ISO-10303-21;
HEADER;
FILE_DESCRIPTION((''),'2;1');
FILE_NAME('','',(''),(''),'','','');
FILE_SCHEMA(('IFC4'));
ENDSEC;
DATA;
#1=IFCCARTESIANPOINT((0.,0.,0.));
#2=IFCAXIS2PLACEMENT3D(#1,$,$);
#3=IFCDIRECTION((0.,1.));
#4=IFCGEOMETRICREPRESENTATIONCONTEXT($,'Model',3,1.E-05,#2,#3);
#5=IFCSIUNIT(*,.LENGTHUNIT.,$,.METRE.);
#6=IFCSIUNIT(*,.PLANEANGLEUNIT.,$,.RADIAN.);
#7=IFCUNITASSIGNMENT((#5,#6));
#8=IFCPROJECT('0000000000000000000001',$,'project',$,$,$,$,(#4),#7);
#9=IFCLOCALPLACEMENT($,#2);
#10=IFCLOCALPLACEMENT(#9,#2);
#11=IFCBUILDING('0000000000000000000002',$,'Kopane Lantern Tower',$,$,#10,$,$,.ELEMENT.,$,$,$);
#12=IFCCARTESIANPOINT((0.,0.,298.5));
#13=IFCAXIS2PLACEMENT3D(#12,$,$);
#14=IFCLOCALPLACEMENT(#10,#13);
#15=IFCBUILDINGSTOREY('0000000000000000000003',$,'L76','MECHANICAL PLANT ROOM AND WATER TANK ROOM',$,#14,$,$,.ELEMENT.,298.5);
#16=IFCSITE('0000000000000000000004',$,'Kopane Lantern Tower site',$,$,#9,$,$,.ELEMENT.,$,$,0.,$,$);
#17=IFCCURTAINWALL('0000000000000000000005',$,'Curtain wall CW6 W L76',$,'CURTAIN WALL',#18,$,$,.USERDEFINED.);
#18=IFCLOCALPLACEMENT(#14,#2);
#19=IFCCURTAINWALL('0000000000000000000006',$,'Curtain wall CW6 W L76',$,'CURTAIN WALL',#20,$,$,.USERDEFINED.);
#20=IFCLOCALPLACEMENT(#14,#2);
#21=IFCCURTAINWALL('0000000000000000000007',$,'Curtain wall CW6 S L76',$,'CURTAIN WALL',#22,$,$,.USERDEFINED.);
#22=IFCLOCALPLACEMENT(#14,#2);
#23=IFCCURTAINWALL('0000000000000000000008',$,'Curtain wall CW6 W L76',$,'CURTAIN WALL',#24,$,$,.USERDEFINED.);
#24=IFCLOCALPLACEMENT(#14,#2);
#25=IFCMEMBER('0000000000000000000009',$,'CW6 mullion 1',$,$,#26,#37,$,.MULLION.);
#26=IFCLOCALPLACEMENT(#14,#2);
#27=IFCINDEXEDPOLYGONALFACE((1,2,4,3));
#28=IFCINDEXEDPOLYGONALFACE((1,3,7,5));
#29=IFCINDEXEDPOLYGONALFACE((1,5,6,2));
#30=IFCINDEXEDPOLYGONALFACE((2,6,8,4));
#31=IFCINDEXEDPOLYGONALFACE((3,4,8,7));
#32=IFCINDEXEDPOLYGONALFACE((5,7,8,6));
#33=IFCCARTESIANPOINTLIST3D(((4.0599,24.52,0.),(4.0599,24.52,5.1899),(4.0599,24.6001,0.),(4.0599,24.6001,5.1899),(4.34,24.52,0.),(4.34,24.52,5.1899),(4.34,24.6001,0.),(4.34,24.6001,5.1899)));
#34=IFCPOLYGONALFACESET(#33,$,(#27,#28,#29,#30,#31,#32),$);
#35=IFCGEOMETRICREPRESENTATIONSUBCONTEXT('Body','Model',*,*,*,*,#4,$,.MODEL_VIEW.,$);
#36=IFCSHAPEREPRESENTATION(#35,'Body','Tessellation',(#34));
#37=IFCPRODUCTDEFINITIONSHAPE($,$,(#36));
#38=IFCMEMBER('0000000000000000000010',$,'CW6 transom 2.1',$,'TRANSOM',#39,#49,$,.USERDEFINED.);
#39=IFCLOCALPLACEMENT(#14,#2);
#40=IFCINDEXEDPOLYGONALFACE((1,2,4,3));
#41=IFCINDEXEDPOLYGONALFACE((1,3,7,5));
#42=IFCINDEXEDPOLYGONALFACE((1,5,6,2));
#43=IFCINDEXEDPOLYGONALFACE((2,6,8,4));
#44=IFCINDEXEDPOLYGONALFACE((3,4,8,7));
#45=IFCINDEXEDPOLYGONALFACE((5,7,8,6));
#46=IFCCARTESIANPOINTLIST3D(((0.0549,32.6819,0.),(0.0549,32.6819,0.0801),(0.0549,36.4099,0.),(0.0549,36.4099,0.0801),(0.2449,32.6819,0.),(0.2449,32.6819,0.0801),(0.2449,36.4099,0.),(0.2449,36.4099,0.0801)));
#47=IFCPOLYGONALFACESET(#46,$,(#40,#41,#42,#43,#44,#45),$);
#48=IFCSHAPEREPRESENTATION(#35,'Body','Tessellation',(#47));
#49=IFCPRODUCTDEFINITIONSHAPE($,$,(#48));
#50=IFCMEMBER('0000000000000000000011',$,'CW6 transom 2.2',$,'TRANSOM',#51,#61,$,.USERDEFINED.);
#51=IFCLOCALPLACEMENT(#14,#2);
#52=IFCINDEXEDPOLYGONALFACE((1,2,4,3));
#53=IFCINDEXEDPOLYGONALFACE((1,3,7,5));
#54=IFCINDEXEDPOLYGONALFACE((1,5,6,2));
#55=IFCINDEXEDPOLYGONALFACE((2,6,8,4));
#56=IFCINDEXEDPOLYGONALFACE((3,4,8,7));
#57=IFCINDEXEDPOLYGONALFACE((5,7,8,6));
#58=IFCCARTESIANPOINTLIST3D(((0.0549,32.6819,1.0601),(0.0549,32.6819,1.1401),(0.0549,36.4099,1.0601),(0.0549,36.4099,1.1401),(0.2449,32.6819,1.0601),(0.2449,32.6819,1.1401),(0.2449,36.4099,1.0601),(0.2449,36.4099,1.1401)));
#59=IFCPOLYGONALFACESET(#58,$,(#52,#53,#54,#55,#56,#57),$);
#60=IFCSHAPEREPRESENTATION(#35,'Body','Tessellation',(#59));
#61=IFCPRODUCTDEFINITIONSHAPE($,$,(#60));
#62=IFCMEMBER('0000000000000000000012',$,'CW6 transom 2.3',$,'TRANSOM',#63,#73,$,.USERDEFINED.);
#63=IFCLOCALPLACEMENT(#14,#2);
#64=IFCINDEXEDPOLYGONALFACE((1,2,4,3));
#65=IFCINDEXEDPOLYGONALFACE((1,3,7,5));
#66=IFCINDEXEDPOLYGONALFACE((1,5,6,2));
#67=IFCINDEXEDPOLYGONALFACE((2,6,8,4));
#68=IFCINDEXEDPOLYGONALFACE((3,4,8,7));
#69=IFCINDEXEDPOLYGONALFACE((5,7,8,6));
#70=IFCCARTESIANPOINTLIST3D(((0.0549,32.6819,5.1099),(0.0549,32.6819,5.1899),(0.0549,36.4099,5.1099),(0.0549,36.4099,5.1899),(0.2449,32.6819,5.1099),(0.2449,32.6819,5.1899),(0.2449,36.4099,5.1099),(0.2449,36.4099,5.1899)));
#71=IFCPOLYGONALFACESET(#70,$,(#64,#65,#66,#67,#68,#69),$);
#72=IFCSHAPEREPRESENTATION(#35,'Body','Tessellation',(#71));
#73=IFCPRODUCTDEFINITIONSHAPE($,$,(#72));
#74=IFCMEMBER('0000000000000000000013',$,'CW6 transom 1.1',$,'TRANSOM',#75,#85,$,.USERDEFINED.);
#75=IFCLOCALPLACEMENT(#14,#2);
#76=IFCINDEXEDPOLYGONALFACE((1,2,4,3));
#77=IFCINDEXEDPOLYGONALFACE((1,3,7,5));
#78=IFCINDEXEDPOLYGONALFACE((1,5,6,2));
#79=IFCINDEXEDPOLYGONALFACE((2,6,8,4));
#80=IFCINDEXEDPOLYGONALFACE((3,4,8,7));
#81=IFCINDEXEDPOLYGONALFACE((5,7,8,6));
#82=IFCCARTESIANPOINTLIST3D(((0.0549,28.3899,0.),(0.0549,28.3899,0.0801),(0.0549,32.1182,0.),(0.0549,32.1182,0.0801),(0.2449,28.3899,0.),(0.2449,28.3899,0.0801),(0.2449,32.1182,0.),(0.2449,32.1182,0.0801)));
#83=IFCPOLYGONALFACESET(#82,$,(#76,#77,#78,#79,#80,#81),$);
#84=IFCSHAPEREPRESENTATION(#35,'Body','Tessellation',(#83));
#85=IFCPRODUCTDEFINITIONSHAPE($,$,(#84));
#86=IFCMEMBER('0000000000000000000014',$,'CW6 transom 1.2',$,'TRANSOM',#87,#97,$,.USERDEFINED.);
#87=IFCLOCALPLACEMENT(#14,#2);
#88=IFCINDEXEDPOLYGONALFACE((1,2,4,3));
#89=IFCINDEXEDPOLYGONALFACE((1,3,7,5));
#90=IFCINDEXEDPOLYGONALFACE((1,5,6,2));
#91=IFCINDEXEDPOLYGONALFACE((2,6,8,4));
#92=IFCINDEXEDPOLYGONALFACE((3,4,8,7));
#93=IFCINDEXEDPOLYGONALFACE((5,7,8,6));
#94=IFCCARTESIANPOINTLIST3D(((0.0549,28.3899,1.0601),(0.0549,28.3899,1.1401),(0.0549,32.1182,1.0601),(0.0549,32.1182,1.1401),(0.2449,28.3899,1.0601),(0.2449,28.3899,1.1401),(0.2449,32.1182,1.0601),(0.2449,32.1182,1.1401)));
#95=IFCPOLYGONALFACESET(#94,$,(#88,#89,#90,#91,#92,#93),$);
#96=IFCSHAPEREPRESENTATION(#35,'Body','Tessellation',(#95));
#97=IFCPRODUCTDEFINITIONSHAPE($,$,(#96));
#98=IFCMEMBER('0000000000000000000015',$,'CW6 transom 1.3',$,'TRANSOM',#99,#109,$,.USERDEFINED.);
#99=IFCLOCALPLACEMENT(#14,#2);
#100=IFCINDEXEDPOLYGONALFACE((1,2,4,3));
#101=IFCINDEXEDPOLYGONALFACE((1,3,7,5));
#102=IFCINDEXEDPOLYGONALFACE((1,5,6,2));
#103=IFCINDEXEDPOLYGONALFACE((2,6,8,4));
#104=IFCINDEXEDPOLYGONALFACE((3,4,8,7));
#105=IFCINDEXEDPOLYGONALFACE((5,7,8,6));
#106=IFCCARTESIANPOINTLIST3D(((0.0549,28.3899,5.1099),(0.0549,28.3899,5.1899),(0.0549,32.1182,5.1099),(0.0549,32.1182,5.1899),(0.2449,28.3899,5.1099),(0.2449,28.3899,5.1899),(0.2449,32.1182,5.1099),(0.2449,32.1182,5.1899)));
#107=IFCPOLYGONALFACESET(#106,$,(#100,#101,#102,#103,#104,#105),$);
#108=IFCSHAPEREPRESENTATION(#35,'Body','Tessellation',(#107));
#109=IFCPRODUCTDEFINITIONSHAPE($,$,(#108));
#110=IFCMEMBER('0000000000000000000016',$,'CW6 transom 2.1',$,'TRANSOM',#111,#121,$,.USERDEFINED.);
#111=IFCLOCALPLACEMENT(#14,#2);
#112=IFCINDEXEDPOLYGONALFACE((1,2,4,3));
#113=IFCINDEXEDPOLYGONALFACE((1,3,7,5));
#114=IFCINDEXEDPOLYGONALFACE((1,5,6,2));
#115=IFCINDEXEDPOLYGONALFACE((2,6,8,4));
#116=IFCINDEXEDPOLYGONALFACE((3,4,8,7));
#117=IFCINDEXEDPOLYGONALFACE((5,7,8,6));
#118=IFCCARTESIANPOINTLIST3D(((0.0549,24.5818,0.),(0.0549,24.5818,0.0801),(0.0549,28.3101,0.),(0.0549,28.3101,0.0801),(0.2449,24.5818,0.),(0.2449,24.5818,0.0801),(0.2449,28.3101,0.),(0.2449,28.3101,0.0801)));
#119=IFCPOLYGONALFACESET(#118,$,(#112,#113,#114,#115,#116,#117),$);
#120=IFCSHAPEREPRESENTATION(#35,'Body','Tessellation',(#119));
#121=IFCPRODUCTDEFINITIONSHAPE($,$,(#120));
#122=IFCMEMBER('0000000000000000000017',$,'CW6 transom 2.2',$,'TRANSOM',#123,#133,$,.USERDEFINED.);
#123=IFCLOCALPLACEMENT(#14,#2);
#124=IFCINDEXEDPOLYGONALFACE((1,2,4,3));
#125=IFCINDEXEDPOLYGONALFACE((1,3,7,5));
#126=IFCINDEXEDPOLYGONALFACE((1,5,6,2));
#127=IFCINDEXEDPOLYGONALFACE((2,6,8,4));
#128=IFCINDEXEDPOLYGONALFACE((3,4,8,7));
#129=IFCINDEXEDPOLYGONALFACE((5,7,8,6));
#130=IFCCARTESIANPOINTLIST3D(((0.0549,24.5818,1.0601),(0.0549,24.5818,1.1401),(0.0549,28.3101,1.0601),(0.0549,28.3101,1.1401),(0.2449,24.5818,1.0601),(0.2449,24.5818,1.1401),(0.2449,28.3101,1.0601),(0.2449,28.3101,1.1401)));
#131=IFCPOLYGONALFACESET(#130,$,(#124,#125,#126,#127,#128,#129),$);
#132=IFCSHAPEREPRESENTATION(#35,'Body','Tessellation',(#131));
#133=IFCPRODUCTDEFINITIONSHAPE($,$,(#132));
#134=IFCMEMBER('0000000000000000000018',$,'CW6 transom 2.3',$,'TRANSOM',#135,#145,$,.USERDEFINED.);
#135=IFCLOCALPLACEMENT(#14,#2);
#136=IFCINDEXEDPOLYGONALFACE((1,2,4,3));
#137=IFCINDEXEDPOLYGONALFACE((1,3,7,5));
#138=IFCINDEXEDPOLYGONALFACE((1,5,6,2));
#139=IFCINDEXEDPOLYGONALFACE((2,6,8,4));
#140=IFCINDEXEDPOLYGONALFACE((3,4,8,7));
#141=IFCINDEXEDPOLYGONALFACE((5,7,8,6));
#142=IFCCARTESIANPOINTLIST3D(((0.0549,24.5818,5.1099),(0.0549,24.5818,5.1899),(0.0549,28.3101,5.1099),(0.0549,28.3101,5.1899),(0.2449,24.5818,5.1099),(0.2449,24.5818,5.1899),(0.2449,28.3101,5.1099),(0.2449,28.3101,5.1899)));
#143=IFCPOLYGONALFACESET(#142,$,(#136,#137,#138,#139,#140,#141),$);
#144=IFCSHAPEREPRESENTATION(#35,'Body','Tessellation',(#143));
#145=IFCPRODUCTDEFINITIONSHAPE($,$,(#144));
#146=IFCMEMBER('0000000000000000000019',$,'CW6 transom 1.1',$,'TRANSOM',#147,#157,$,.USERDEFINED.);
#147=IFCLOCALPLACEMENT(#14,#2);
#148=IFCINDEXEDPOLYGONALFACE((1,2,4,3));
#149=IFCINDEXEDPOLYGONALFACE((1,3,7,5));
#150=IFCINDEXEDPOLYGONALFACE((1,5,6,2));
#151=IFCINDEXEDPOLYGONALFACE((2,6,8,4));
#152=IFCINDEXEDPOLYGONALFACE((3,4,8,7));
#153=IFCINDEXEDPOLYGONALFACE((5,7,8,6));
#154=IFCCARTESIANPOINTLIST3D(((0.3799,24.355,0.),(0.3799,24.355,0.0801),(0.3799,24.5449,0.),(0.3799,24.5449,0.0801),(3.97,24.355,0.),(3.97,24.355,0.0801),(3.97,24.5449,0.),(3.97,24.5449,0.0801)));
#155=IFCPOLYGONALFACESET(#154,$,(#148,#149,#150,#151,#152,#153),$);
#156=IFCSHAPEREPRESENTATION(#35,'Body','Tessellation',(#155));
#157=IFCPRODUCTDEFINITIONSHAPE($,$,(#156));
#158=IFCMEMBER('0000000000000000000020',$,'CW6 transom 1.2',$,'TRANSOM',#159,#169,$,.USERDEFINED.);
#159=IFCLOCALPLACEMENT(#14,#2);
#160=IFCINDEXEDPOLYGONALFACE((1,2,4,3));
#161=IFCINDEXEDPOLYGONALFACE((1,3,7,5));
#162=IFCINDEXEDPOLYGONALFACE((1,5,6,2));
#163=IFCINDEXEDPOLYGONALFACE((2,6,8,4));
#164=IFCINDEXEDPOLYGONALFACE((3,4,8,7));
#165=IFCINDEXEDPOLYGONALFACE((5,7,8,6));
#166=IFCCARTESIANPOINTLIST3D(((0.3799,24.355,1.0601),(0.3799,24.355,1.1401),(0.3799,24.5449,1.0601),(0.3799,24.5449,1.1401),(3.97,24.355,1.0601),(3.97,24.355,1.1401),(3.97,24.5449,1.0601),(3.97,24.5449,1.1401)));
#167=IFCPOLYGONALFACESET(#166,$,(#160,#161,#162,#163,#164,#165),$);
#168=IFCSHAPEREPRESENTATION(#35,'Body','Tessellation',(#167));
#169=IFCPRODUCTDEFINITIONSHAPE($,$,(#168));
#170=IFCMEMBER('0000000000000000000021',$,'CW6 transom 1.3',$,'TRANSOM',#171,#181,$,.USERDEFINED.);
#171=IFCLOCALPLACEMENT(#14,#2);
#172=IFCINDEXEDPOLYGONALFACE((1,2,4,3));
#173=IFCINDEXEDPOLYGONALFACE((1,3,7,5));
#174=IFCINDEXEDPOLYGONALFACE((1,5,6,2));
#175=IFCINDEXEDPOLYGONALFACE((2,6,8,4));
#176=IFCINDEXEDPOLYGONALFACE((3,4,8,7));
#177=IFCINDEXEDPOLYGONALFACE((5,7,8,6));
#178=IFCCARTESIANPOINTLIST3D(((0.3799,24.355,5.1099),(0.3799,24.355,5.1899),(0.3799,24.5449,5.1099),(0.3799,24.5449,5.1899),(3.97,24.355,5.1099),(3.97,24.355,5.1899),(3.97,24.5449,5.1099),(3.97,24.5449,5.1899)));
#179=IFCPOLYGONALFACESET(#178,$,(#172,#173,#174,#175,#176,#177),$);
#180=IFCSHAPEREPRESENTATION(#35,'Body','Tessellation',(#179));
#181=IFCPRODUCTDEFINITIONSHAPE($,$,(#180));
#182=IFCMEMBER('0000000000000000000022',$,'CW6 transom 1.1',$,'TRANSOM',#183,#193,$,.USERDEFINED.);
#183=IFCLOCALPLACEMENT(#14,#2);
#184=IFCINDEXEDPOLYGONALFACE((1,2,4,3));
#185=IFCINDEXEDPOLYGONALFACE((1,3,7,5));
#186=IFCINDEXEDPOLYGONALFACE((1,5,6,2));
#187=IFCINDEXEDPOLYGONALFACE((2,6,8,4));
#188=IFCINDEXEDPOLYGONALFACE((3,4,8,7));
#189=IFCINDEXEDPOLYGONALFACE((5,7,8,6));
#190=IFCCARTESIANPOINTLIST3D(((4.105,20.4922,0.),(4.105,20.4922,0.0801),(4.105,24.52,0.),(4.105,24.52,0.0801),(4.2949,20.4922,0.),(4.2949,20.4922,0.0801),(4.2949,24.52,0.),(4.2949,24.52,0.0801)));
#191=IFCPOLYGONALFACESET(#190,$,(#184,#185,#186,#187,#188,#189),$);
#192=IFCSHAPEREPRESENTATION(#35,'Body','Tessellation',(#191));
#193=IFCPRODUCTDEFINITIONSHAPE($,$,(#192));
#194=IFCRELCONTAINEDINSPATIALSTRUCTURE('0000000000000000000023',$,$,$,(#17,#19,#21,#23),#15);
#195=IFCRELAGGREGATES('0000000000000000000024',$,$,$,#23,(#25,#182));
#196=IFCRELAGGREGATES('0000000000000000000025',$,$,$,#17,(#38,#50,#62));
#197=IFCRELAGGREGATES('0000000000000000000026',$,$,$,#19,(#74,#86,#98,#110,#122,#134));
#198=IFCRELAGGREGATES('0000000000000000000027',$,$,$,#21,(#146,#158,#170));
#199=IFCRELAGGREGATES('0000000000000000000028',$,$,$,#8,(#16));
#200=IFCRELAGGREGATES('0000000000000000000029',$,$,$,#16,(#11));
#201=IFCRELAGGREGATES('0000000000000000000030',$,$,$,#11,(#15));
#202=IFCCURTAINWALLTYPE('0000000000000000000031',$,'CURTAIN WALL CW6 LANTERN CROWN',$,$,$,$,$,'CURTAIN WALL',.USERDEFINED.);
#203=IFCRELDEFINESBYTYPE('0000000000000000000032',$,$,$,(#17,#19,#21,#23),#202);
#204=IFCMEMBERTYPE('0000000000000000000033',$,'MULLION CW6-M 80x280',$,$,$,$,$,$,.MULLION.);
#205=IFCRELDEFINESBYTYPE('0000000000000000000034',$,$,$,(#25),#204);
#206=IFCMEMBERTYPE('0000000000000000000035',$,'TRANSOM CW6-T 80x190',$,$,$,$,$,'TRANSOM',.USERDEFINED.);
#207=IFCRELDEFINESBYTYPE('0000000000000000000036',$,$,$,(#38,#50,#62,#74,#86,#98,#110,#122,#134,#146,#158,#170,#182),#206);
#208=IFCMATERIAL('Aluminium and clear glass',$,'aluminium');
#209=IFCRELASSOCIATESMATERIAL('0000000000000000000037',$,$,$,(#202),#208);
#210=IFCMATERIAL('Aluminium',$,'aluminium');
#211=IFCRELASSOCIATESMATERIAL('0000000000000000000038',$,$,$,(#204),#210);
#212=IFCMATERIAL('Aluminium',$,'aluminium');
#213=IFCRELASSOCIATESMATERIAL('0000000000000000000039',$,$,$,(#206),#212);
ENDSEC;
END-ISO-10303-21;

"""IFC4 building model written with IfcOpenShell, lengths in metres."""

from ifc_helpers import new_model, si_unit, direction, frame, origin, origin_2d, place, context, subcontext, project, spatial, rectangle, extrude, material, material_profile, profile_set, type_object, element, aggregate, save


model = new_model("IFC4")

# Units and contexts
model_context = context("Model", 3, precision=1e-05, world=origin(), true_north=direction((0.0, 1.0)))
body_context = subcontext(model_context, "Body", "Model", "MODEL_VIEW")
ifc_project = project(units=[si_unit("LENGTHUNIT", "METRE"), si_unit("PLANEANGLEUNIT", "RADIAN")], contexts=[model_context])

# Site, building, storey
site_placement = place(None, origin())
site = spatial("IfcSite", under=ifc_project, at=site_placement, Name="Kopane Lantern Tower site", CompositionType="ELEMENT", RefElevation=0.0)
building_placement = place(site_placement, origin())
building = spatial("IfcBuilding", under=site, at=building_placement, Name="Kopane Lantern Tower", CompositionType="ELEMENT")
storey_placement = place(building_placement, frame((0.0, 0.0, 298.5)))
storey = spatial("IfcBuildingStorey", under=building, at=storey_placement, Name="L76", Description="MECHANICAL PLANT ROOM AND WATER TANK ROOM", CompositionType="ELEMENT", Elevation=298.5)

# Curtain walls
ifc_material_1 = material(Name="Aluminium and clear glass", Category="aluminium")
curtain_wall_type = type_object("IfcCurtainWallType", Name="CURTAIN WALL CW6 LANTERN CROWN", ElementType="CURTAIN WALL", PredefinedType="USERDEFINED", material=ifc_material_1)
curtain_wall_1_placement = place(storey_placement, origin())
curtain_wall_1 = element("IfcCurtainWall", 1, at=curtain_wall_1_placement, inside=storey, type_object=curtain_wall_type, Name="Curtain wall CW6 W L76", ObjectType="CURTAIN WALL", PredefinedType="USERDEFINED")
ifc_material_2 = material(Name="Aluminium", Category="aluminium")
ifc_material_profile_1 = material_profile(ifc_material_2, rectangle(XDim=0.0801, YDim=0.28, at=origin_2d()), Name="AL 80x280")
ifc_profile_set_1 = profile_set([ifc_material_profile_1], Name="Aluminium")
member_type_1 = type_object("IfcMemberType", Name="MULLION CW6-M 80x280", PredefinedType="MULLION", material=ifc_profile_set_1)
curtain_wall_2_placement = place(storey_placement, origin())
curtain_wall_2 = element("IfcCurtainWall", 2, at=curtain_wall_2_placement, inside=storey, type_object=curtain_wall_type, Name="Curtain wall CW6 W L76", ObjectType="CURTAIN WALL", PredefinedType="USERDEFINED")
curtain_wall_3_placement = place(storey_placement, origin())
curtain_wall_3 = element("IfcCurtainWall", 3, at=curtain_wall_3_placement, inside=storey, type_object=curtain_wall_type, Name="Curtain wall CW6 S L76", ObjectType="CURTAIN WALL", PredefinedType="USERDEFINED")

# Curtain wall, member
curtain_wall_4_placement = place(storey_placement, origin())
curtain_wall_4 = element("IfcCurtainWall", 4, at=curtain_wall_4_placement, inside=storey, type_object=curtain_wall_type, Name="Curtain wall CW6 W L76", ObjectType="CURTAIN WALL", PredefinedType="USERDEFINED")
member_1_placement = place(storey_placement, frame((4.2, 24.5601, 0.0), z_axis=(0.0, 0.0, 1.0), x_axis=(0.0, -1.0, 0.0)))
member_1 = element("IfcMember", 5, at=member_1_placement, type_object=member_type_1, Name="CW6 mullion 1", PredefinedType="MULLION", context=body_context, shape_type="SweptSolid", body=[
    extrude(rectangle(XDim=0.0801, YDim=0.28, at=origin_2d()), origin(), (0.0, 0.0, 1.0), 5.1899),
])

# Members
ifc_material_3 = material(Name="Aluminium", Category="aluminium")
ifc_material_profile_2 = material_profile(ifc_material_3, rectangle(XDim=0.1899, YDim=0.0801, at=origin_2d()), Name="AL 190x80")
ifc_profile_set_2 = profile_set([ifc_material_profile_2], Name="Aluminium")
member_type_2 = type_object("IfcMemberType", Name="TRANSOM CW6-T 80x190", ElementType="TRANSOM", PredefinedType="USERDEFINED", material=ifc_profile_set_2)
member_2_placement = place(storey_placement, frame((0.1499, 36.4099, 0.04), z_axis=(0.0, -1.0, 0.0), x_axis=(1.0, 0.0, 0.0)))
member_2 = element("IfcMember", 6, at=member_2_placement, type_object=member_type_2, Name="CW6 transom 2.1", ObjectType="TRANSOM", PredefinedType="USERDEFINED", context=body_context, shape_type="SweptSolid", body=[
    extrude(rectangle(XDim=0.1899, YDim=0.0801, at=origin_2d()), origin(), (0.0, 0.0, 1.0), 3.728),
])
member_3_placement = place(storey_placement, frame((0.1499, 36.4099, 1.1001), z_axis=(0.0, -1.0, 0.0), x_axis=(1.0, 0.0, 0.0)))
member_3 = element("IfcMember", 7, at=member_3_placement, type_object=member_type_2, Name="CW6 transom 2.2", ObjectType="TRANSOM", PredefinedType="USERDEFINED", context=body_context, shape_type="SweptSolid", body=[
    extrude(rectangle(XDim=0.1899, YDim=0.0801, at=origin_2d()), origin(), (0.0, 0.0, 1.0), 3.728),
])
member_4_placement = place(storey_placement, frame((0.1499, 36.4099, 5.1499), z_axis=(0.0, -1.0, 0.0), x_axis=(1.0, 0.0, 0.0)))
member_4 = element("IfcMember", 8, at=member_4_placement, type_object=member_type_2, Name="CW6 transom 2.3", ObjectType="TRANSOM", PredefinedType="USERDEFINED", context=body_context, shape_type="SweptSolid", body=[
    extrude(rectangle(XDim=0.1899, YDim=0.0801, at=origin_2d()), origin(), (0.0, 0.0, 1.0), 3.728),
])
member_5_placement = place(storey_placement, frame((0.1499, 32.1182, 0.04), z_axis=(0.0, -1.0, 0.0), x_axis=(1.0, 0.0, 0.0)))
member_5 = element("IfcMember", 9, at=member_5_placement, type_object=member_type_2, Name="CW6 transom 1.1", ObjectType="TRANSOM", PredefinedType="USERDEFINED", context=body_context, shape_type="SweptSolid", body=[
    extrude(rectangle(XDim=0.1899, YDim=0.0801, at=origin_2d()), origin(), (0.0, 0.0, 1.0), 3.7283),
])
member_6_placement = place(storey_placement, frame((0.1499, 32.1182, 1.1001), z_axis=(0.0, -1.0, 0.0), x_axis=(1.0, 0.0, 0.0)))
member_6 = element("IfcMember", 10, at=member_6_placement, type_object=member_type_2, Name="CW6 transom 1.2", ObjectType="TRANSOM", PredefinedType="USERDEFINED", context=body_context, shape_type="SweptSolid", body=[
    extrude(rectangle(XDim=0.1899, YDim=0.0801, at=origin_2d()), origin(), (0.0, 0.0, 1.0), 3.7283),
])
member_7_placement = place(storey_placement, frame((0.1499, 32.1182, 5.1499), z_axis=(0.0, -1.0, 0.0), x_axis=(1.0, 0.0, 0.0)))
member_7 = element("IfcMember", 11, at=member_7_placement, type_object=member_type_2, Name="CW6 transom 1.3", ObjectType="TRANSOM", PredefinedType="USERDEFINED", context=body_context, shape_type="SweptSolid", body=[
    extrude(rectangle(XDim=0.1899, YDim=0.0801, at=origin_2d()), origin(), (0.0, 0.0, 1.0), 3.7283),
])
member_8_placement = place(storey_placement, frame((0.1499, 28.3101, 0.04), z_axis=(0.0, -1.0, 0.0), x_axis=(1.0, 0.0, 0.0)))
member_8 = element("IfcMember", 12, at=member_8_placement, type_object=member_type_2, Name="CW6 transom 2.1", ObjectType="TRANSOM", PredefinedType="USERDEFINED", context=body_context, shape_type="SweptSolid", body=[
    extrude(rectangle(XDim=0.1899, YDim=0.0801, at=origin_2d()), origin(), (0.0, 0.0, 1.0), 3.7283),
])
member_9_placement = place(storey_placement, frame((0.1499, 28.3101, 1.1001), z_axis=(0.0, -1.0, 0.0), x_axis=(1.0, 0.0, 0.0)))
member_9 = element("IfcMember", 13, at=member_9_placement, type_object=member_type_2, Name="CW6 transom 2.2", ObjectType="TRANSOM", PredefinedType="USERDEFINED", context=body_context, shape_type="SweptSolid", body=[
    extrude(rectangle(XDim=0.1899, YDim=0.0801, at=origin_2d()), origin(), (0.0, 0.0, 1.0), 3.7283),
])
member_10_placement = place(storey_placement, frame((0.1499, 28.3101, 5.1499), z_axis=(0.0, -1.0, 0.0), x_axis=(1.0, 0.0, 0.0)))
member_10 = element("IfcMember", 14, at=member_10_placement, type_object=member_type_2, Name="CW6 transom 2.3", ObjectType="TRANSOM", PredefinedType="USERDEFINED", context=body_context, shape_type="SweptSolid", body=[
    extrude(rectangle(XDim=0.1899, YDim=0.0801, at=origin_2d()), origin(), (0.0, 0.0, 1.0), 3.7283),
])
member_11_placement = place(storey_placement, frame((0.3799, 24.45, 0.04), z_axis=(1.0, 0.0, 0.0), x_axis=(0.0, 1.0, 0.0)))
member_11 = element("IfcMember", 15, at=member_11_placement, type_object=member_type_2, Name="CW6 transom 1.1", ObjectType="TRANSOM", PredefinedType="USERDEFINED", context=body_context, shape_type="SweptSolid", body=[
    extrude(rectangle(XDim=0.1899, YDim=0.0801, at=origin_2d()), origin(), (0.0, 0.0, 1.0), 3.5901),
])
member_12_placement = place(storey_placement, frame((0.3799, 24.45, 1.1001), z_axis=(1.0, 0.0, 0.0), x_axis=(0.0, 1.0, 0.0)))
member_12 = element("IfcMember", 16, at=member_12_placement, type_object=member_type_2, Name="CW6 transom 1.2", ObjectType="TRANSOM", PredefinedType="USERDEFINED", context=body_context, shape_type="SweptSolid", body=[
    extrude(rectangle(XDim=0.1899, YDim=0.0801, at=origin_2d()), origin(), (0.0, 0.0, 1.0), 3.5901),
])
member_13_placement = place(storey_placement, frame((0.3799, 24.45, 5.1499), z_axis=(1.0, 0.0, 0.0), x_axis=(0.0, 1.0, 0.0)))
member_13 = element("IfcMember", 17, at=member_13_placement, type_object=member_type_2, Name="CW6 transom 1.3", ObjectType="TRANSOM", PredefinedType="USERDEFINED", context=body_context, shape_type="SweptSolid", body=[
    extrude(rectangle(XDim=0.1899, YDim=0.0801, at=origin_2d()), origin(), (0.0, 0.0, 1.0), 3.5901),
])
member_14_placement = place(storey_placement, frame((4.2, 24.52, 0.04), z_axis=(0.0, -1.0, 0.0), x_axis=(1.0, 0.0, 0.0)))
member_14 = element("IfcMember", 18, at=member_14_placement, type_object=member_type_2, Name="CW6 transom 1.1", ObjectType="TRANSOM", PredefinedType="USERDEFINED", context=body_context, shape_type="SweptSolid", body=[
    extrude(rectangle(XDim=0.1899, YDim=0.0801, at=origin_2d()), origin(), (0.0, 0.0, 1.0), 4.0278),
])
aggregate(curtain_wall_4, [member_1, member_14])

aggregate(curtain_wall_1, [member_2, member_3, member_4])
aggregate(curtain_wall_2, [member_5, member_6, member_7, member_8, member_9, member_10])
aggregate(curtain_wall_3, [member_11, member_12, member_13])

save(model, "model.ifc")
